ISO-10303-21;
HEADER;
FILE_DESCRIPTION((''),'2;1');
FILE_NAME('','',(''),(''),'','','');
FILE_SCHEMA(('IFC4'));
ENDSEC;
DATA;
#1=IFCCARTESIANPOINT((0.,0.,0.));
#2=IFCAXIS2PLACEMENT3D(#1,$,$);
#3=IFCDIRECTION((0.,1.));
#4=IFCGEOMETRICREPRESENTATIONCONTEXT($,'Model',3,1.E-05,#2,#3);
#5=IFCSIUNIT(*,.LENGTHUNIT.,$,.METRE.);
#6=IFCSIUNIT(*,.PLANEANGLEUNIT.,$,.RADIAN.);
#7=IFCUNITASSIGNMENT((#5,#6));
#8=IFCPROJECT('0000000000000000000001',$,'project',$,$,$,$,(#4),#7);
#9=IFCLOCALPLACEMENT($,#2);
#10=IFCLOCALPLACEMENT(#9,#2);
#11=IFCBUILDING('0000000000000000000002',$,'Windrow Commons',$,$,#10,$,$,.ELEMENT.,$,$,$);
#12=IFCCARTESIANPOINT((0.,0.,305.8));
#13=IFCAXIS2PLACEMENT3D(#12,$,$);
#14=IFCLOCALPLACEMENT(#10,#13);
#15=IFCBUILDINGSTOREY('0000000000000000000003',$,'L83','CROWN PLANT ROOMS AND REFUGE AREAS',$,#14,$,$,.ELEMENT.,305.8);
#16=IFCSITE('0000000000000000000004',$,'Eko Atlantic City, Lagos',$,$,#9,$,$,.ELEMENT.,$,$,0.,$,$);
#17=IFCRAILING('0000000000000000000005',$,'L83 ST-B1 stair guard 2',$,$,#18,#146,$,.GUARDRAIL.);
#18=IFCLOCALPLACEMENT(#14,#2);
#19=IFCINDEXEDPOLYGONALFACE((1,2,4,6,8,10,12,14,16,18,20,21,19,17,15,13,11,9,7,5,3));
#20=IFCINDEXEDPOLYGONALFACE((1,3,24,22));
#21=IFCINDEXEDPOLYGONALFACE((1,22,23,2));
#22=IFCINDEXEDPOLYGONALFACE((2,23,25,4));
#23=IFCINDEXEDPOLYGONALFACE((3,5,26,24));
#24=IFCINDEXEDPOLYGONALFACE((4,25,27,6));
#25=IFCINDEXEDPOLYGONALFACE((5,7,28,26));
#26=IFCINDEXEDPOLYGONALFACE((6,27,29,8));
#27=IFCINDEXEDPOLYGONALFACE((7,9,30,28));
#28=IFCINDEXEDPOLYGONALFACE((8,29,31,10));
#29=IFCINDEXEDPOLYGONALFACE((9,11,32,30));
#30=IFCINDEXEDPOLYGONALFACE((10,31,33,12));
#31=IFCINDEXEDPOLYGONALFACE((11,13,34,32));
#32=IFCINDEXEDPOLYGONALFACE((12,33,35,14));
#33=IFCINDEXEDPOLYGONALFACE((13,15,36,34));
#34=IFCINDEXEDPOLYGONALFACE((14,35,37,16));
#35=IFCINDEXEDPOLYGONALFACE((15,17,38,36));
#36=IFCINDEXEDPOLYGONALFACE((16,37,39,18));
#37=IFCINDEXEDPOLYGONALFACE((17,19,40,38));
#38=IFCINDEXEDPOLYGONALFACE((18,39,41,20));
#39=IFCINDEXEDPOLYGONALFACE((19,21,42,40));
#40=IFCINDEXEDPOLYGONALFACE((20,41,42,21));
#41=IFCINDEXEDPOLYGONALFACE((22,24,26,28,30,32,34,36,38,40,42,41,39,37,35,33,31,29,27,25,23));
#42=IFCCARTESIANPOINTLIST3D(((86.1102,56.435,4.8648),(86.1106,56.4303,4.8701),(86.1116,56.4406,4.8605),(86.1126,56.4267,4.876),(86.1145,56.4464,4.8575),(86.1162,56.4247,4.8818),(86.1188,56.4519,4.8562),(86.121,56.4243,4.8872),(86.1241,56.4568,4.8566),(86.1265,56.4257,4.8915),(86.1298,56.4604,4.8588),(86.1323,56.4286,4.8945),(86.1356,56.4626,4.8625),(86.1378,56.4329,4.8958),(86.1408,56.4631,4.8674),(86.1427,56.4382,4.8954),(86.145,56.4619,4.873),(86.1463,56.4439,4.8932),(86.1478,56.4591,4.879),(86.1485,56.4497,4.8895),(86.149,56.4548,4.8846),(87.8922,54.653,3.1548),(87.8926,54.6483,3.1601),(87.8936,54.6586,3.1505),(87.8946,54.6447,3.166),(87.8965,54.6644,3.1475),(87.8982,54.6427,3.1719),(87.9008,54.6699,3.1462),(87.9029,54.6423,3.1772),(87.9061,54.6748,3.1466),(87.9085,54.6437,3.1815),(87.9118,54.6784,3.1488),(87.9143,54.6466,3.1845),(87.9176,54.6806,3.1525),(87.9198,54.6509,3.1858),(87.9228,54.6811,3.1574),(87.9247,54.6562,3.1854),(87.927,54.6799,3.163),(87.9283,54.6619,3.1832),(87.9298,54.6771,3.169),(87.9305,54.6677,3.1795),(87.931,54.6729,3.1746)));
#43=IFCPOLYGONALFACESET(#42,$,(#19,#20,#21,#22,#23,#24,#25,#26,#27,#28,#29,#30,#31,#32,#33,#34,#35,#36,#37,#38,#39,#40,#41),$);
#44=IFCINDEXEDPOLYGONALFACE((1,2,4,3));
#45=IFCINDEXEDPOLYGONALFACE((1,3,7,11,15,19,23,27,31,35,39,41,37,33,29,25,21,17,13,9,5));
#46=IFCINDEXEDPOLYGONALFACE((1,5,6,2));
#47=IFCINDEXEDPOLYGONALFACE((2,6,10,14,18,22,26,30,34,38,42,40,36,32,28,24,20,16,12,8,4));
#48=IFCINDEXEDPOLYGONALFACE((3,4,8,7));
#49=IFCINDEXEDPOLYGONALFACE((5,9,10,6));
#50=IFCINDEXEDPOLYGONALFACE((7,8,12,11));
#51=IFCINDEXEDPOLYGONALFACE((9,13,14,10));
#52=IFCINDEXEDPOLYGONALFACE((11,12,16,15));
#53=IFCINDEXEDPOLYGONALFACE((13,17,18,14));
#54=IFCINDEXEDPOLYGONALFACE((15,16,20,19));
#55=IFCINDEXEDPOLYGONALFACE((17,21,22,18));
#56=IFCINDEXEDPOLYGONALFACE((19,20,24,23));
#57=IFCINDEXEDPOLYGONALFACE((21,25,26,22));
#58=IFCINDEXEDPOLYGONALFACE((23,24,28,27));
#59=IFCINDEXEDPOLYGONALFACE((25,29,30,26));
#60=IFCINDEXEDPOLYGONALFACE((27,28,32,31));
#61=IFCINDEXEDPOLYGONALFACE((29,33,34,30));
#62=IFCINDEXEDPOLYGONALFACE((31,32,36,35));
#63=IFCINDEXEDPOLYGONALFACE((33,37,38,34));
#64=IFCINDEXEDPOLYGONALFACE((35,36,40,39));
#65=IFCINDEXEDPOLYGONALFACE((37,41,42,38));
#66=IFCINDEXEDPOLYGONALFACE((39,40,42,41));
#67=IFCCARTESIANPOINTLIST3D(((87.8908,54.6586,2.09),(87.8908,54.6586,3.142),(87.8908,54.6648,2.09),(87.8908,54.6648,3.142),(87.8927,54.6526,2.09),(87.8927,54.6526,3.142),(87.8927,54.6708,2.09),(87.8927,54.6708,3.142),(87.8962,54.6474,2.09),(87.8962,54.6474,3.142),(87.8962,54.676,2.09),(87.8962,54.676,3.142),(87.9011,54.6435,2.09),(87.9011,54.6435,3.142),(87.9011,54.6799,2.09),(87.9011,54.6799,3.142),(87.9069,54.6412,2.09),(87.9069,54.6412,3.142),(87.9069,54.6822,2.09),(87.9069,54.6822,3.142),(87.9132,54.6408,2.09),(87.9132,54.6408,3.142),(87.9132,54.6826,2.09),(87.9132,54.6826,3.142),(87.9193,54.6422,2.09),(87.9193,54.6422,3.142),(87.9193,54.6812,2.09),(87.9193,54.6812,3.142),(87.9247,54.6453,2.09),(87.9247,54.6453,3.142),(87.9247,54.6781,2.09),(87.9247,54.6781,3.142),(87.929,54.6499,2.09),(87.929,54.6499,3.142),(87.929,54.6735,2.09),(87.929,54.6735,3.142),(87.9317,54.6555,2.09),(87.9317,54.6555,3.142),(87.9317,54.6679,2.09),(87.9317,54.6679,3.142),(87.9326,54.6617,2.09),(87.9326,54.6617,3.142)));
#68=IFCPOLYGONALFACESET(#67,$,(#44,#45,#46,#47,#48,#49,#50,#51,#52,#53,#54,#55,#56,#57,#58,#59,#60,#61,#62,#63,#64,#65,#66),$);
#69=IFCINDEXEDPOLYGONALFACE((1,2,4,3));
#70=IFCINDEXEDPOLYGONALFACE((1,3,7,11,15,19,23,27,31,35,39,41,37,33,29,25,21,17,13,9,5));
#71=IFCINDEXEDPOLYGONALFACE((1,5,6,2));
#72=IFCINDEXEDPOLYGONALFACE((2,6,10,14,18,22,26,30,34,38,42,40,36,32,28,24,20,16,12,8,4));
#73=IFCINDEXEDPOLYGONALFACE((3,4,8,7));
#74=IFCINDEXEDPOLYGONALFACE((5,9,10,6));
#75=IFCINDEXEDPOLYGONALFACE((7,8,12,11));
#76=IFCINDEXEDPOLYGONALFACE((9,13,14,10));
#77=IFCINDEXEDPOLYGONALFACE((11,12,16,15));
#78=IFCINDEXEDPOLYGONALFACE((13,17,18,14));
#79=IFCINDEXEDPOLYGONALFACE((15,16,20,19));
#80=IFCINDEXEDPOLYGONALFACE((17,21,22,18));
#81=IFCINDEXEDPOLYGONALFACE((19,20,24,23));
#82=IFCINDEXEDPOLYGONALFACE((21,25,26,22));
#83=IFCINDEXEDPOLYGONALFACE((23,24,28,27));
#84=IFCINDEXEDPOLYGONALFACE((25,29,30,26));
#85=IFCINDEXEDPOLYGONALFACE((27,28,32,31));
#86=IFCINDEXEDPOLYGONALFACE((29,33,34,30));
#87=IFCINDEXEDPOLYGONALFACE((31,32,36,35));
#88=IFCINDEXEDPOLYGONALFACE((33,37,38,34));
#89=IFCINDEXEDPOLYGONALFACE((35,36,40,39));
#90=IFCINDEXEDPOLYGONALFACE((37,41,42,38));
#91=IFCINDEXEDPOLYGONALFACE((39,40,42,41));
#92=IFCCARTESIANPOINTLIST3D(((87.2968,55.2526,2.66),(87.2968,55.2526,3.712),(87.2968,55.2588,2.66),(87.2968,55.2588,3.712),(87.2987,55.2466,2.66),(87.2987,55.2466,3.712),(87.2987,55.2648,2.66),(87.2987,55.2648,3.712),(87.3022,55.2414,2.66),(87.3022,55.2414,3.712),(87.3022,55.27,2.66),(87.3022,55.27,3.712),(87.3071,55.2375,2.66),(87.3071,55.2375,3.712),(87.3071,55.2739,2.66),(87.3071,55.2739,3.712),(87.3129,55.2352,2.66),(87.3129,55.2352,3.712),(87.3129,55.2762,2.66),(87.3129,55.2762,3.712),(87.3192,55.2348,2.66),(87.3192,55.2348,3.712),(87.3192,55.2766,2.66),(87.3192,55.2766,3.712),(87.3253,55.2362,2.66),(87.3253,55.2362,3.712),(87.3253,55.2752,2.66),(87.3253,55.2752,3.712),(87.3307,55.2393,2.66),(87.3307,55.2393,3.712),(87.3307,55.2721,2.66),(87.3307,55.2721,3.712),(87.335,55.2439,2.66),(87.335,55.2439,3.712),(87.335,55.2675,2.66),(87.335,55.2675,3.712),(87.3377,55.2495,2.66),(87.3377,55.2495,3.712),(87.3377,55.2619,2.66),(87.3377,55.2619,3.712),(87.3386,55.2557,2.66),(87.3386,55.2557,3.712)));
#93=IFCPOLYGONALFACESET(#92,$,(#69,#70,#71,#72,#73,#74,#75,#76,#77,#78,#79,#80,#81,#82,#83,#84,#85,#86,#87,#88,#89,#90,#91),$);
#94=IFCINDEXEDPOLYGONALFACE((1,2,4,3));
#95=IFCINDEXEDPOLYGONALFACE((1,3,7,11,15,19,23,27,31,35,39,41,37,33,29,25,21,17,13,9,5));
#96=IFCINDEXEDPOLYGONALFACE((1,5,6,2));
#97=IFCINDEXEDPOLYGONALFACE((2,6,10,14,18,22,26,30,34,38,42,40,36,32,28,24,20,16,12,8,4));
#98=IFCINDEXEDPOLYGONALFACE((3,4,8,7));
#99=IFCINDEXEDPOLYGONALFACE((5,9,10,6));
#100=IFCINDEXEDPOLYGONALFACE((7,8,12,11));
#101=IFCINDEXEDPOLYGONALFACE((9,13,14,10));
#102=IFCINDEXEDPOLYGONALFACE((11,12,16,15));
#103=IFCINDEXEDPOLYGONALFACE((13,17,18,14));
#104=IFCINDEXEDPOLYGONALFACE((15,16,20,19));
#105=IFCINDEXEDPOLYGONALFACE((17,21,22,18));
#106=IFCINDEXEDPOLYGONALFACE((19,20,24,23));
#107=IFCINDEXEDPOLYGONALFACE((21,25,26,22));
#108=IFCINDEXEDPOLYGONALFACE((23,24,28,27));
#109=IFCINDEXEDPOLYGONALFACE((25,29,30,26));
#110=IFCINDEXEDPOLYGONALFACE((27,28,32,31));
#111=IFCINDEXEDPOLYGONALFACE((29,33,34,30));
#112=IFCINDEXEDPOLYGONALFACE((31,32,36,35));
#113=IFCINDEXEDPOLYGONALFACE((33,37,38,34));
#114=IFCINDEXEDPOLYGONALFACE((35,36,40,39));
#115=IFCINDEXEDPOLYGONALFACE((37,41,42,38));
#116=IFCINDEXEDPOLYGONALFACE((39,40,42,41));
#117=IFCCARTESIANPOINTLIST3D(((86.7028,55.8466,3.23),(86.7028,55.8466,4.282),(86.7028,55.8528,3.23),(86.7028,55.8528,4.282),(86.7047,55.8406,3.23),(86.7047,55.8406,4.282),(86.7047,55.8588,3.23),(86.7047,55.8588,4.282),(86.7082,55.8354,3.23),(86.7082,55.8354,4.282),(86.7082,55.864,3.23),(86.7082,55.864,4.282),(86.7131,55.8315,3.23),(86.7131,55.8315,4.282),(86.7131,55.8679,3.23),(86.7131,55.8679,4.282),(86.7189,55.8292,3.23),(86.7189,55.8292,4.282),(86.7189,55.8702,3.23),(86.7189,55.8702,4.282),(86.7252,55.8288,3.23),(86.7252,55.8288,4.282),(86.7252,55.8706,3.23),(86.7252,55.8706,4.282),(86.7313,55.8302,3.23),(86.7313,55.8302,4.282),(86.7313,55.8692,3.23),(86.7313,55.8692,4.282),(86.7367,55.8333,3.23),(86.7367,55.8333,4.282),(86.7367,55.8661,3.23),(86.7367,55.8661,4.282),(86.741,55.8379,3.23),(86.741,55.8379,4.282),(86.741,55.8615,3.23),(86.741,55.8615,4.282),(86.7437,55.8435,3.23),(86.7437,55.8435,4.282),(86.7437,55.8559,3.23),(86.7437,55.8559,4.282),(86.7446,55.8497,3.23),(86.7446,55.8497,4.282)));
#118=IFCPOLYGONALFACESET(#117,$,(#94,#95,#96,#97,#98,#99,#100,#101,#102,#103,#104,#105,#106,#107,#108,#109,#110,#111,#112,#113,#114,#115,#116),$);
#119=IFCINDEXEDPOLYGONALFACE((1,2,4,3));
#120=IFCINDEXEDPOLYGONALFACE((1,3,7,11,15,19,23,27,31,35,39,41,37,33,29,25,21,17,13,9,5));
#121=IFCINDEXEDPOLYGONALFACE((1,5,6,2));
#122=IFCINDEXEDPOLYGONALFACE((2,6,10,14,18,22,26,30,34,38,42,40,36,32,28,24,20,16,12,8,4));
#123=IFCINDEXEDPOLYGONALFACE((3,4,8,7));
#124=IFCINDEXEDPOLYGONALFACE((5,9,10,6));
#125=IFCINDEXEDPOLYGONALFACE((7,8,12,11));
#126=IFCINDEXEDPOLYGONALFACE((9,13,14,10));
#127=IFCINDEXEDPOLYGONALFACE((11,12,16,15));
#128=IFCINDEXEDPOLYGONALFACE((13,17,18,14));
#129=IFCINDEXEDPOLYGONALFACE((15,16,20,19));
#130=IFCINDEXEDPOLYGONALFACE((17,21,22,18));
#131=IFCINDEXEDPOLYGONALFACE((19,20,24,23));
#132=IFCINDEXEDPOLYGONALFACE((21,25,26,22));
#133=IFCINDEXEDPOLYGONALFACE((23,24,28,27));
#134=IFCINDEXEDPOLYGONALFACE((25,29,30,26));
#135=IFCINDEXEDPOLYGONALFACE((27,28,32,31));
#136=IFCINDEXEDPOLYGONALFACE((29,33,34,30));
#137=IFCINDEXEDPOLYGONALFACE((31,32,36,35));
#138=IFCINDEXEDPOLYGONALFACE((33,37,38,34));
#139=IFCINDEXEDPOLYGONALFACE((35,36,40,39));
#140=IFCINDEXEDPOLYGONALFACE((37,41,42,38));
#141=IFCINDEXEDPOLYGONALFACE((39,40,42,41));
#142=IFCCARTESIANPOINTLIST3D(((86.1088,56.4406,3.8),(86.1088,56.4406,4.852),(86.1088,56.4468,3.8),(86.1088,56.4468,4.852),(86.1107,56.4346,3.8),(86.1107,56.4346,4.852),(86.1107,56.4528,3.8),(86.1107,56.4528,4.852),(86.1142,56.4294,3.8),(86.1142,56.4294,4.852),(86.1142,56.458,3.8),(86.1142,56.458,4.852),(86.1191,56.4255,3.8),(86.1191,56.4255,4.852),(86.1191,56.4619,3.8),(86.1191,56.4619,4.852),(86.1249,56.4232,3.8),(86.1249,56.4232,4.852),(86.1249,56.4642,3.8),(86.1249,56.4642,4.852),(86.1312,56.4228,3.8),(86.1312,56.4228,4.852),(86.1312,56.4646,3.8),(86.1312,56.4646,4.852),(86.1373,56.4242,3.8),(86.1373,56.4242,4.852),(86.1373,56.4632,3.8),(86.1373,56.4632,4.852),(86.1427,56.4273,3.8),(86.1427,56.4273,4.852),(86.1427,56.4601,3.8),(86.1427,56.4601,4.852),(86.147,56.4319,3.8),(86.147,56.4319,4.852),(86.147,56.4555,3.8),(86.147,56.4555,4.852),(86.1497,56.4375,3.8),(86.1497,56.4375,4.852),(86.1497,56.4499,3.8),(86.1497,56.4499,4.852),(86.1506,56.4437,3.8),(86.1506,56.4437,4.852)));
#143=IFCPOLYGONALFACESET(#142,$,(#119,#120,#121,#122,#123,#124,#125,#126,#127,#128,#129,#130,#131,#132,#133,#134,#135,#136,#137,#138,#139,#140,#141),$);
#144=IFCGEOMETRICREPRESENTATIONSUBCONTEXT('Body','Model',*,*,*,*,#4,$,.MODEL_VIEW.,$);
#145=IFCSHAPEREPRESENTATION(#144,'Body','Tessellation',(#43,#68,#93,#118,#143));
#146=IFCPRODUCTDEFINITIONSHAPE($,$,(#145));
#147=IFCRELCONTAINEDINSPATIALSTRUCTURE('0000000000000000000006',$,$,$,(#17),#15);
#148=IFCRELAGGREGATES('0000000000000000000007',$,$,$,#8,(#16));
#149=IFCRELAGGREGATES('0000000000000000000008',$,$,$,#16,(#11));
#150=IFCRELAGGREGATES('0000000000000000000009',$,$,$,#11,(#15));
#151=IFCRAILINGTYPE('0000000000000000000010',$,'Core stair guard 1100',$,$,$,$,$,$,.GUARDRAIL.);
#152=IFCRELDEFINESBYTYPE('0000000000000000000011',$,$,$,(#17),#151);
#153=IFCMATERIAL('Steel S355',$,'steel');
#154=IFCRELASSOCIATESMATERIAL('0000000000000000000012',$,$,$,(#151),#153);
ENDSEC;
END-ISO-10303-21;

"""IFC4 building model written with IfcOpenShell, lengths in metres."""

from ifc_helpers import new_model, si_unit, direction, frame, origin, origin_2d, place, context, subcontext, project, spatial, circle, extrude, material, type_object, element, save


model = new_model("IFC4")

# Units and contexts
model_context = context("Model", 3, precision=1e-05, world=origin(), true_north=direction((0.0, 1.0)))
body_context = subcontext(model_context, "Body", "Model", "MODEL_VIEW")
ifc_project = project(units=[si_unit("LENGTHUNIT", "METRE"), si_unit("PLANEANGLEUNIT", "RADIAN")], contexts=[model_context])

# Site, building, storey
site_placement = place(None, origin())
site = spatial("IfcSite", under=ifc_project, at=site_placement, Name="Eko Atlantic City, Lagos", CompositionType="ELEMENT", RefElevation=0.0)
building_placement = place(site_placement, origin())
building = spatial("IfcBuilding", under=site, at=building_placement, Name="Windrow Commons", CompositionType="ELEMENT")
storey_placement = place(building_placement, frame((0.0, 0.0, 305.8)))
storey = spatial("IfcBuildingStorey", under=building, at=storey_placement, Name="L83", Description="CROWN PLANT ROOMS AND REFUGE AREAS", CompositionType="ELEMENT", Elevation=305.8)

# Railing
ifc_material_1 = material(Name="Steel S355", Category="steel")
railing_type_1 = type_object("IfcRailingType", Name="Core stair guard 1100", PredefinedType="GUARDRAIL", material=ifc_material_1)
railing_1_placement = place(storey_placement, frame((87.9116, 54.6617, 2.09)))
element("IfcRailing", 1, at=railing_1_placement, inside=storey, type_object=railing_type_1, Name="L83 ST-B1 stair guard 2", PredefinedType="GUARDRAIL", context=body_context, shape_type="SweptSolid", body=[
    extrude(circle(Radius=0.024, at=origin_2d()), frame((0.0, 0.0, 1.076), z_axis=(-0.585123, 0.585123, 0.561482), x_axis=(-0.707107, -0.707107, 0.0)), (0.0, 0.0, 1.0), 3.0455),
    extrude(circle(Radius=0.021, at=origin_2d()), origin(), (0.0, 0.0, 1.0), 1.052),
    extrude(circle(Radius=0.021, at=origin_2d()), frame((-0.594, 0.594, 0.57)), (0.0, 0.0, 1.0), 1.052),
    extrude(circle(Radius=0.021, at=origin_2d()), frame((-1.188, 1.188, 1.14)), (0.0, 0.0, 1.0), 1.052),
    extrude(circle(Radius=0.021, at=origin_2d()), frame((-1.782, 1.782, 1.71)), (0.0, 0.0, 1.0), 1.052),
])

save(model, "model.ifc")
